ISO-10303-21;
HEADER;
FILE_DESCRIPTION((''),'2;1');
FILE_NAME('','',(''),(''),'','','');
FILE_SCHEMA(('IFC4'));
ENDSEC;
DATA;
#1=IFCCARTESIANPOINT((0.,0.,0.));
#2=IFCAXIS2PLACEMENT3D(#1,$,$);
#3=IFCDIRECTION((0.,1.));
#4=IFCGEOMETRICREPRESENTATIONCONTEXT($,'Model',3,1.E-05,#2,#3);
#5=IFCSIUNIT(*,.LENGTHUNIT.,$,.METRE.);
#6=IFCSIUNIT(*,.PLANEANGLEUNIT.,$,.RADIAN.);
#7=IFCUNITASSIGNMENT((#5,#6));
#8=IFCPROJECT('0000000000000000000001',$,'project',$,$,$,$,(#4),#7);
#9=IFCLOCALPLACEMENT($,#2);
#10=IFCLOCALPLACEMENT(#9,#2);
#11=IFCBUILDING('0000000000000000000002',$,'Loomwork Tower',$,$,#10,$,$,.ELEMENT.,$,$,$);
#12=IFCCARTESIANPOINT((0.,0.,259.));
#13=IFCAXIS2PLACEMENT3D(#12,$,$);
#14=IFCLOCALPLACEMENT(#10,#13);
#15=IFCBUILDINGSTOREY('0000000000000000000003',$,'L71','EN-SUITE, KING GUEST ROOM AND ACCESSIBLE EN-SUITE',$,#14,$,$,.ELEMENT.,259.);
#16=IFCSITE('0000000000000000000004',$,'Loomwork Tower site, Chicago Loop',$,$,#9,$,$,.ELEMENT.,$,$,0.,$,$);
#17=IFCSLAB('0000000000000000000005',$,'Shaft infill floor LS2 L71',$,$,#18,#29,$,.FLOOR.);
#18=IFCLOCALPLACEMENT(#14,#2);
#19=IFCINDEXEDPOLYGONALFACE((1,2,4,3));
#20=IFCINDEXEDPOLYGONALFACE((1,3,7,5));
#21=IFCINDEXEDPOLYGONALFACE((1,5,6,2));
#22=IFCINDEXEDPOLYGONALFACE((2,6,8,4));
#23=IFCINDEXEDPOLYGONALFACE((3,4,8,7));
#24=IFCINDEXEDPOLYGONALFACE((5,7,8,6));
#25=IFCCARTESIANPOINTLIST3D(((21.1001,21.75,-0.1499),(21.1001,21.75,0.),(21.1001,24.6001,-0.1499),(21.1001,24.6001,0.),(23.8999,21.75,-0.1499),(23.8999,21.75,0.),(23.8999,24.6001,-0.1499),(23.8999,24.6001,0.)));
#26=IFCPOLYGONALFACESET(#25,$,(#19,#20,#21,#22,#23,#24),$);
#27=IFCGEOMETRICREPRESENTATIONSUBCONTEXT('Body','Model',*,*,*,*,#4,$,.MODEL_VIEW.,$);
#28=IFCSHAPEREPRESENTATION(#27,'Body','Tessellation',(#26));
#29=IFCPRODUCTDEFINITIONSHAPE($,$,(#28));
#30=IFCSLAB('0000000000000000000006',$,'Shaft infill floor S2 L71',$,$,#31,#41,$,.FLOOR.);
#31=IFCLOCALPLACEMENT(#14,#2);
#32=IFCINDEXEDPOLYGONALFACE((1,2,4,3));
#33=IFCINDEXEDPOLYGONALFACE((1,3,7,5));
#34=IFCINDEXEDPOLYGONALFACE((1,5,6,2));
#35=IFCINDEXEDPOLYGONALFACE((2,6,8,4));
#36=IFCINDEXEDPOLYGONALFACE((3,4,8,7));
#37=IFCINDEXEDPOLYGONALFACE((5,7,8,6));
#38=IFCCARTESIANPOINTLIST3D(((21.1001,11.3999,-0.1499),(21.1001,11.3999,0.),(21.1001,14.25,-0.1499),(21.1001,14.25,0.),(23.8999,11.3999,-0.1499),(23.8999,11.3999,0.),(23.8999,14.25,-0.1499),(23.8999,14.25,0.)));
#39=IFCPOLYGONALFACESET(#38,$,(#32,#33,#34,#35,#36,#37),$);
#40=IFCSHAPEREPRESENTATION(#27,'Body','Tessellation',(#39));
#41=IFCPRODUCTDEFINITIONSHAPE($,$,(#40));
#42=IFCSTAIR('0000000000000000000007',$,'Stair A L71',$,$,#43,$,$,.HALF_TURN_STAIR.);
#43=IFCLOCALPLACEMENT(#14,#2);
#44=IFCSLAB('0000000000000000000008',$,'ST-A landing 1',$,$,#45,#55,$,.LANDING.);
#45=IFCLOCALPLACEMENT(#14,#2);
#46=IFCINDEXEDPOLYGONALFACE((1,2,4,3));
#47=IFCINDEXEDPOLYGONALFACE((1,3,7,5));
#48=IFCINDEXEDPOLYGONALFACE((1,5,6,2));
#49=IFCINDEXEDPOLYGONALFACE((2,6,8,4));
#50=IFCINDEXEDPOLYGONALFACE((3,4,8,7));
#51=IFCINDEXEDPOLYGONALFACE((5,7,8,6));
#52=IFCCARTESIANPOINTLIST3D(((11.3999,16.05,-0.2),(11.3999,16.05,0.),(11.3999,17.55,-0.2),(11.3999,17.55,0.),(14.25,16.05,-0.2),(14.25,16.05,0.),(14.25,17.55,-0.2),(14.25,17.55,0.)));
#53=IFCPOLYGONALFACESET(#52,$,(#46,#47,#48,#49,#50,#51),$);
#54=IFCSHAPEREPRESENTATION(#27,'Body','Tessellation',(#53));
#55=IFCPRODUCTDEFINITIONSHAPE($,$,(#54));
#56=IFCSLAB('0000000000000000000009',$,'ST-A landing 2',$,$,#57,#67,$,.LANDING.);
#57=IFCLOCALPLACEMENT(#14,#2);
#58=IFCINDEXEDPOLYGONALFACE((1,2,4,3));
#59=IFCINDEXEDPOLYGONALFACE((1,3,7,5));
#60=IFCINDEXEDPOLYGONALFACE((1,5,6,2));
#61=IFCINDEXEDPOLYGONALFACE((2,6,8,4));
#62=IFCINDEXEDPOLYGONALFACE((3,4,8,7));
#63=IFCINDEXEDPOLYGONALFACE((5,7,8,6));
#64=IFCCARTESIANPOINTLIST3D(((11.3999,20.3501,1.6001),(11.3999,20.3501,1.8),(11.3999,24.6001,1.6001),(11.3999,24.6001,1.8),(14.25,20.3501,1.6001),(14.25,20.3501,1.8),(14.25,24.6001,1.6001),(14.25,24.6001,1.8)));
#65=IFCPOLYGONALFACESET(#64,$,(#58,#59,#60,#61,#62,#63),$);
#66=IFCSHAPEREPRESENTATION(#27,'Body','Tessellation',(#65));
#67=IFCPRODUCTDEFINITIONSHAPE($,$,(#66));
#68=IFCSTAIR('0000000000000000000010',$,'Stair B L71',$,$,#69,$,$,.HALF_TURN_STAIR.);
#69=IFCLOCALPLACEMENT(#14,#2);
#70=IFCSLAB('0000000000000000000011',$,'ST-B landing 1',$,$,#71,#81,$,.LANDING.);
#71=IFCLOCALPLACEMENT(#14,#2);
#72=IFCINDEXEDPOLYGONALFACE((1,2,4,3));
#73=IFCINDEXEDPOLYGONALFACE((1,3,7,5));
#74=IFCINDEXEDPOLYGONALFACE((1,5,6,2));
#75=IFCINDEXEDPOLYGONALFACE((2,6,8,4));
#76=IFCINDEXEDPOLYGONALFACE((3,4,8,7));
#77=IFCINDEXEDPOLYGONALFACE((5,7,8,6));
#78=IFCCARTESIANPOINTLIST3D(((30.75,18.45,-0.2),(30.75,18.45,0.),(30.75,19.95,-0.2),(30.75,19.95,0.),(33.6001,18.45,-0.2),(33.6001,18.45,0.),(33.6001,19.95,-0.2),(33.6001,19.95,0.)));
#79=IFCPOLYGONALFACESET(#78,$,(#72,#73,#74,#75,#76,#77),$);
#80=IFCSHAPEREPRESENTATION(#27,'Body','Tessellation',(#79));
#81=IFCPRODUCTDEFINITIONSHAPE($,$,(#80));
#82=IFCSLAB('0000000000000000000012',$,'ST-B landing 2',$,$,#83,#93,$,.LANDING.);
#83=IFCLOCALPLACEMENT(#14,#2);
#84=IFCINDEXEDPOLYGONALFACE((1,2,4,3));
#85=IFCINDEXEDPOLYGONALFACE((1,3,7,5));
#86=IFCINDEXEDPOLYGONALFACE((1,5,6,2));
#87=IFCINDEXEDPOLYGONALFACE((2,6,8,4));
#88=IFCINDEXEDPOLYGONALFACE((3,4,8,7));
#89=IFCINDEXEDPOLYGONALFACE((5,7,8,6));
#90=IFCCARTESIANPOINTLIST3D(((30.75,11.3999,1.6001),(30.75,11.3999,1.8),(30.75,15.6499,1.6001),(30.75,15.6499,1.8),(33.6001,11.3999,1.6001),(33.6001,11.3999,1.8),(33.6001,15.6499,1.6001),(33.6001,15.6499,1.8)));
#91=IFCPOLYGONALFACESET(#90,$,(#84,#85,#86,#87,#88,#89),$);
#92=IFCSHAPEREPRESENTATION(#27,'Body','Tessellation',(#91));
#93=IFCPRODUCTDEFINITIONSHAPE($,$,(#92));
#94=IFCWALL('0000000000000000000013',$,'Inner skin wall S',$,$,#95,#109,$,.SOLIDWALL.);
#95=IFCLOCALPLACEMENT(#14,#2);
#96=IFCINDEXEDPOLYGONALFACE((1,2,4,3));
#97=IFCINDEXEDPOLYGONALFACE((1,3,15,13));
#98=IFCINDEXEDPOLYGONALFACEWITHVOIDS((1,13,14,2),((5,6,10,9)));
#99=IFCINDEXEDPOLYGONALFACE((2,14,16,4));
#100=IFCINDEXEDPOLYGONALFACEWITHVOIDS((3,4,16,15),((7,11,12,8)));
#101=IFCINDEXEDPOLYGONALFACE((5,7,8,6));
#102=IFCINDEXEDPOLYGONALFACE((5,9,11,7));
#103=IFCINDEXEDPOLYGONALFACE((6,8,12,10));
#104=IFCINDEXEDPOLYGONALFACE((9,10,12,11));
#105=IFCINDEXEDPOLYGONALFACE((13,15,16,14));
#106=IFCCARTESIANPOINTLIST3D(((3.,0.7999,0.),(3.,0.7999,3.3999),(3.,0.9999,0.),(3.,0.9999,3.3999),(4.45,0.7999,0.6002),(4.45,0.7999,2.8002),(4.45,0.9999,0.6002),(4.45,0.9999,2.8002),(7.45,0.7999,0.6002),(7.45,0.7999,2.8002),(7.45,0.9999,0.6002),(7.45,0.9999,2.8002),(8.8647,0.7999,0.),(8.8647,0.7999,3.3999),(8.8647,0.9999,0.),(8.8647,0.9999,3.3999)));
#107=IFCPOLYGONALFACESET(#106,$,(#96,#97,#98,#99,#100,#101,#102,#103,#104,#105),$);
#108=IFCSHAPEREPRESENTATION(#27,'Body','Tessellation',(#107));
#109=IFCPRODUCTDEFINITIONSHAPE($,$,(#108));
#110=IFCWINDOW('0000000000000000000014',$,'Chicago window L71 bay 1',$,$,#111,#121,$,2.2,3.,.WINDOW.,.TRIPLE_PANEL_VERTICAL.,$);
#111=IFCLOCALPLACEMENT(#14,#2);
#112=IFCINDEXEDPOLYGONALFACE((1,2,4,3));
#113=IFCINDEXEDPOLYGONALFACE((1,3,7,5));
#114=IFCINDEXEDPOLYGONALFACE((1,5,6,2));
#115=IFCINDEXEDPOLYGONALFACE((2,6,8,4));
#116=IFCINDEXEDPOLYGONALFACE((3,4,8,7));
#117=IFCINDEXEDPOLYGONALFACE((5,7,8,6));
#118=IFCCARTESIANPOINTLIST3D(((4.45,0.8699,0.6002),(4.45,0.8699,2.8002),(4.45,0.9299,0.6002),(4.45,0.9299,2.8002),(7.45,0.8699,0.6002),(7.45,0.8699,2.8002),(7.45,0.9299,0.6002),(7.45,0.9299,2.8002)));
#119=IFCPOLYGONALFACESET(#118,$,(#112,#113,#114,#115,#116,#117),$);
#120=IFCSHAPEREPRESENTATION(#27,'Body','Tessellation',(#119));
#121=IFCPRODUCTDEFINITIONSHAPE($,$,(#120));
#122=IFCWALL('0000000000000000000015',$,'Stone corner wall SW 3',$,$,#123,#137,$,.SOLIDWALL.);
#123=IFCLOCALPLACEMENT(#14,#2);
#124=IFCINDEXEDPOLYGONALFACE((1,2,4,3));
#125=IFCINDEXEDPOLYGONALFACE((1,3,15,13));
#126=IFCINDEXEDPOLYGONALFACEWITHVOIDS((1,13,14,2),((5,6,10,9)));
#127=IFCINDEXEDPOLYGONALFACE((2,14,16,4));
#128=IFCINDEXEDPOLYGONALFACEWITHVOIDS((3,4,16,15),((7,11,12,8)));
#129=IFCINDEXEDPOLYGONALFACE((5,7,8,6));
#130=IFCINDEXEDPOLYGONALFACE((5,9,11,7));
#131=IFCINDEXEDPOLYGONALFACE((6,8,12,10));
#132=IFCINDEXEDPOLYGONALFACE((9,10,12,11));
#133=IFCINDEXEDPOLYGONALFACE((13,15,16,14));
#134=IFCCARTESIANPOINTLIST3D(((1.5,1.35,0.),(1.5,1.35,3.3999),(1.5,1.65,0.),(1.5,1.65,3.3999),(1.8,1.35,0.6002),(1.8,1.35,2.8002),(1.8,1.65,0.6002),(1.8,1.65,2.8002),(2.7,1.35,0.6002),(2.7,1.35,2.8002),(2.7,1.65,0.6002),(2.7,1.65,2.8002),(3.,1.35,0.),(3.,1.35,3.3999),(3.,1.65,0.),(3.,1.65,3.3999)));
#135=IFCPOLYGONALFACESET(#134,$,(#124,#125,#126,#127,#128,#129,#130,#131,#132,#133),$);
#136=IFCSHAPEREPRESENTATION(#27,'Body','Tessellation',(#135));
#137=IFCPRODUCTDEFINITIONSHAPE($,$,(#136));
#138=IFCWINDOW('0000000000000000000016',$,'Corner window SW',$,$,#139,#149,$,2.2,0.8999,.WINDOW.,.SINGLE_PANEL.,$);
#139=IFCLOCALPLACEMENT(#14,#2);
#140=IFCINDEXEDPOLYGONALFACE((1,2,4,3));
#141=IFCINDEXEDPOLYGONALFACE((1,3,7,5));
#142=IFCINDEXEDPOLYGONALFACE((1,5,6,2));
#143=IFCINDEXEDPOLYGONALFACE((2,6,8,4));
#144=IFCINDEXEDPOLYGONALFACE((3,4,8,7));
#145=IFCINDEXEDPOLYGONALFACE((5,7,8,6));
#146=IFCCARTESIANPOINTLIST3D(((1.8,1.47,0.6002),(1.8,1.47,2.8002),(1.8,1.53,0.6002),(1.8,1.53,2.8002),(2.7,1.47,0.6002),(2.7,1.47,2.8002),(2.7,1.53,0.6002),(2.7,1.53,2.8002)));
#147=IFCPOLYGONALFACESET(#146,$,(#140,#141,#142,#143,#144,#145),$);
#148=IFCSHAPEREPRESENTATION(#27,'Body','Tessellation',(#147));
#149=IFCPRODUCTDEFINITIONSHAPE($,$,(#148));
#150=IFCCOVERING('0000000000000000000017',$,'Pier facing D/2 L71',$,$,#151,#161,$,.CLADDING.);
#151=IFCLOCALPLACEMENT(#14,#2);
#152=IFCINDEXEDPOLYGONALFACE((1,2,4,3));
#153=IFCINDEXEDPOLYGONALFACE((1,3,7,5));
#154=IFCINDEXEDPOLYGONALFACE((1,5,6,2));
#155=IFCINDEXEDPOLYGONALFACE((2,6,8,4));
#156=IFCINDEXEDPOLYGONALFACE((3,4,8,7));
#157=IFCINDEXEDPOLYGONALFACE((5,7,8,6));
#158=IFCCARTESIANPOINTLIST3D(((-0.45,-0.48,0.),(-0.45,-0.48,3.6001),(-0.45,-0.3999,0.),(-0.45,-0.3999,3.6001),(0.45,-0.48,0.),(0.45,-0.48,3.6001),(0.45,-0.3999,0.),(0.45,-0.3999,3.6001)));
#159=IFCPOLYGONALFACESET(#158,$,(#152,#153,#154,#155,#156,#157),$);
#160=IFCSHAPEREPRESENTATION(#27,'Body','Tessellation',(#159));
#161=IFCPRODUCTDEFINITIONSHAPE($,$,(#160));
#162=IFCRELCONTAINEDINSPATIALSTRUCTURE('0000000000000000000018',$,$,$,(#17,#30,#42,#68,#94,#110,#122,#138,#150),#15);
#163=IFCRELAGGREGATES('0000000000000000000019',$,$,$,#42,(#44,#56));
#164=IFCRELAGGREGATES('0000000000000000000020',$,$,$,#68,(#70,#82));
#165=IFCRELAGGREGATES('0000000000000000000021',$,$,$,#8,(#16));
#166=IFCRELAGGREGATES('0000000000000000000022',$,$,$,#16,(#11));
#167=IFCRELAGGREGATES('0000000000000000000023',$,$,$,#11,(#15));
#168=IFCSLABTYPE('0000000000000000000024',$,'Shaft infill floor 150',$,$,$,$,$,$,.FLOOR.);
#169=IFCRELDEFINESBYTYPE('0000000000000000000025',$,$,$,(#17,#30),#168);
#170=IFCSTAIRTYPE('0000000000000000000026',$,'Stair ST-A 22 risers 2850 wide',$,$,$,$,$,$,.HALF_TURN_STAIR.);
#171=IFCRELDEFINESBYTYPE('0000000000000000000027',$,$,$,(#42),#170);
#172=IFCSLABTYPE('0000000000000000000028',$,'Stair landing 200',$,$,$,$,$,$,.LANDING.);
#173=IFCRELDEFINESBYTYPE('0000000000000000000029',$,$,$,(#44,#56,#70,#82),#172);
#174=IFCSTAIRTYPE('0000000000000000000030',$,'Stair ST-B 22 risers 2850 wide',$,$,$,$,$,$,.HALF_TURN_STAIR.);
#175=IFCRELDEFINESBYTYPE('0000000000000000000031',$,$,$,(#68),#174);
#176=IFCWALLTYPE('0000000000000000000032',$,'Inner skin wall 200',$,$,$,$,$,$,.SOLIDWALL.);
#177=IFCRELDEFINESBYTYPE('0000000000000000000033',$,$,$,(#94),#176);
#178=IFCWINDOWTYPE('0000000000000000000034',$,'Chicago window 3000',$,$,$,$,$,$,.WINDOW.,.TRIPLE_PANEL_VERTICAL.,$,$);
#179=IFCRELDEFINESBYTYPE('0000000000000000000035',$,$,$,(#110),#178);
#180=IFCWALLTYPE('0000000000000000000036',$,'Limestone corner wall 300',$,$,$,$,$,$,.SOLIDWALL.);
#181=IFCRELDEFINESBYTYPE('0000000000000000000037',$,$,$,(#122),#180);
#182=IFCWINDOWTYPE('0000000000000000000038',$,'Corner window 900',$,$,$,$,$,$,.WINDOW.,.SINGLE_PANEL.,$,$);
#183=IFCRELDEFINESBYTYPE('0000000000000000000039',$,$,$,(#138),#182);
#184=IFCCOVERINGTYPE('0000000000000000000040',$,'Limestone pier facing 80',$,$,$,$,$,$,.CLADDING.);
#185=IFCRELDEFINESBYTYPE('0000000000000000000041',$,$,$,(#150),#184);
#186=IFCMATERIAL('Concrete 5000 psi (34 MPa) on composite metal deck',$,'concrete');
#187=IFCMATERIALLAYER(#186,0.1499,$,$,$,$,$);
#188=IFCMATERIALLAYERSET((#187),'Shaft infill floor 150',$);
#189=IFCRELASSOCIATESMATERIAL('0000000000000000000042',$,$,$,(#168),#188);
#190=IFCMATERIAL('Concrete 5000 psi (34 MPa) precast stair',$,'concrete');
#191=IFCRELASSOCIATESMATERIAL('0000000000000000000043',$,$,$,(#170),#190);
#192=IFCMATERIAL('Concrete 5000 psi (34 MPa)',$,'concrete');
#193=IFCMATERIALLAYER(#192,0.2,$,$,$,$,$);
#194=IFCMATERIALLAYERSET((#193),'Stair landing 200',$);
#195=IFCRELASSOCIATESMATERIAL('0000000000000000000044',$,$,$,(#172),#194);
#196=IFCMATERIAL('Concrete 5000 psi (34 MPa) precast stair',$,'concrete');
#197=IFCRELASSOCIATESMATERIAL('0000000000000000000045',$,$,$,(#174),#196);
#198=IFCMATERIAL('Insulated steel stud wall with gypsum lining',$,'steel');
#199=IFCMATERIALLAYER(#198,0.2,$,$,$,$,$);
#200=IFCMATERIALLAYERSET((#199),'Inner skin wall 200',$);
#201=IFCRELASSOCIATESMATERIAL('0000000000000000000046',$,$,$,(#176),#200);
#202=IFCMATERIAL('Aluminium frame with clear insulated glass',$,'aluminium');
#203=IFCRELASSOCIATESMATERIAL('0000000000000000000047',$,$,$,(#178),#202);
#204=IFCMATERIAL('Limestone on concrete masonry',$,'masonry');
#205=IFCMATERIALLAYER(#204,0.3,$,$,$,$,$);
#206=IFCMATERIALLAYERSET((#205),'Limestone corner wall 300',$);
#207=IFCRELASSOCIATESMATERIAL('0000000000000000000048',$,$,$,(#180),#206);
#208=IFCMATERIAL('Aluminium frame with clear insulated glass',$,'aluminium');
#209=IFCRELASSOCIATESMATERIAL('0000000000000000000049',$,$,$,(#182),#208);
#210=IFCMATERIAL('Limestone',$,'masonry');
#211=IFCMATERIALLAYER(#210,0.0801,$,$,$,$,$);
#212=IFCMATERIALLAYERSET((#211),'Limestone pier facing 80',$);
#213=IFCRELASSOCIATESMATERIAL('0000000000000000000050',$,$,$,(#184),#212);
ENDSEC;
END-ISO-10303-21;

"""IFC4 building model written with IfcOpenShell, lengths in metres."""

from ifc_helpers import new_model, si_unit, direction, frame, frame_2d, origin, origin_2d, place, context, subcontext, project, spatial, polyline, rectangle, outline, extrude, material, layer, layer_set, type_object, element, fill, aggregate, save


model = new_model("IFC4")

# Units and contexts
model_context = context("Model", 3, precision=1e-05, world=origin(), true_north=direction((0.0, 1.0)))
body_context = subcontext(model_context, "Body", "Model", "MODEL_VIEW")
ifc_project = project(units=[si_unit("LENGTHUNIT", "METRE"), si_unit("PLANEANGLEUNIT", "RADIAN")], contexts=[model_context])

# Site, building, storey
site_placement = place(None, origin())
site = spatial("IfcSite", under=ifc_project, at=site_placement, Name="Loomwork Tower site, Chicago Loop", CompositionType="ELEMENT", RefElevation=0.0)
building_placement = place(site_placement, origin())
building = spatial("IfcBuilding", under=site, at=building_placement, Name="Loomwork Tower", CompositionType="ELEMENT")
storey_placement = place(building_placement, frame((0.0, 0.0, 259.0)))
storey = spatial("IfcBuildingStorey", under=building, at=storey_placement, Name="L71", Description="EN-SUITE, KING GUEST ROOM AND ACCESSIBLE EN-SUITE", CompositionType="ELEMENT", Elevation=259.0)

# Slabs
ifc_material_1 = material(Name="Concrete 5000 psi (34 MPa) on composite metal deck", Category="concrete")
ifc_layer_1 = layer(ifc_material_1, 0.1499)
ifc_layer_set_1 = layer_set([ifc_layer_1], Name="Shaft infill floor 150")
slab_type_1 = type_object("IfcSlabType", Name="Shaft infill floor 150", PredefinedType="FLOOR", material=ifc_layer_set_1)
slab_1_placement = place(storey_placement, frame((0.0, 0.0, -0.1499)))
element("IfcSlab", 1, at=slab_1_placement, inside=storey, type_object=slab_type_1, Name="Shaft infill floor LS2 L71", PredefinedType="FLOOR", context=body_context, shape_type="SweptSolid", body=[
    extrude(outline(polyline([(21.1001, 21.75), (23.8999, 21.75), (23.8999, 24.6001), (21.1001, 24.6001), (21.1001, 21.75)])), origin(), (0.0, 0.0, 1.0), 0.1499),
])
slab_2_placement = place(storey_placement, frame((0.0, 0.0, -0.1499)))
element("IfcSlab", 2, at=slab_2_placement, inside=storey, type_object=slab_type_1, Name="Shaft infill floor S2 L71", PredefinedType="FLOOR", context=body_context, shape_type="SweptSolid", body=[
    extrude(outline(polyline([(21.1001, 11.3999), (23.8999, 11.3999), (23.8999, 14.25), (21.1001, 14.25), (21.1001, 11.3999)])), origin(), (0.0, 0.0, 1.0), 0.1499),
])

# Stairs, slabs
ifc_material_2 = material(Name="Concrete 5000 psi (34 MPa) precast stair", Category="concrete")
stair_type_1 = type_object("IfcStairType", Name="Stair ST-A 22 risers 2850 wide", PredefinedType="HALF_TURN_STAIR", material=ifc_material_2)
stair_1_placement = place(storey_placement, origin())
stair_1 = element("IfcStair", 3, at=stair_1_placement, inside=storey, type_object=stair_type_1, Name="Stair A L71", PredefinedType="HALF_TURN_STAIR")
ifc_material_3 = material(Name="Concrete 5000 psi (34 MPa)", Category="concrete")
ifc_layer_2 = layer(ifc_material_3, 0.2)
ifc_layer_set_2 = layer_set([ifc_layer_2], Name="Stair landing 200")
slab_type_2 = type_object("IfcSlabType", Name="Stair landing 200", PredefinedType="LANDING", material=ifc_layer_set_2)
slab_3_placement = place(storey_placement, frame((0.0, 0.0, -0.2)))
slab_3 = element("IfcSlab", 4, at=slab_3_placement, type_object=slab_type_2, Name="ST-A landing 1", PredefinedType="LANDING", context=body_context, shape_type="SweptSolid", body=[
    extrude(outline(polyline([(11.3999, 16.05), (14.25, 16.05), (14.25, 17.55), (11.3999, 17.55), (11.3999, 16.05)])), origin(), (0.0, 0.0, 1.0), 0.2),
])
slab_4_placement = place(storey_placement, frame((0.0, 0.0, 1.6001)))
slab_4 = element("IfcSlab", 5, at=slab_4_placement, type_object=slab_type_2, Name="ST-A landing 2", PredefinedType="LANDING", context=body_context, shape_type="SweptSolid", body=[
    extrude(outline(polyline([(11.3999, 20.3501), (14.25, 20.3501), (14.25, 24.6001), (11.3999, 24.6001), (11.3999, 20.3501)])), origin(), (0.0, 0.0, 1.0), 0.2),
])
aggregate(stair_1, [slab_3, slab_4])
ifc_material_4 = material(Name="Concrete 5000 psi (34 MPa) precast stair", Category="concrete")
stair_type_2 = type_object("IfcStairType", Name="Stair ST-B 22 risers 2850 wide", PredefinedType="HALF_TURN_STAIR", material=ifc_material_4)
stair_2_placement = place(storey_placement, origin())
stair_2 = element("IfcStair", 6, at=stair_2_placement, inside=storey, type_object=stair_type_2, Name="Stair B L71", PredefinedType="HALF_TURN_STAIR")
slab_5_placement = place(storey_placement, frame((0.0, 0.0, -0.2)))
slab_5 = element("IfcSlab", 7, at=slab_5_placement, type_object=slab_type_2, Name="ST-B landing 1", PredefinedType="LANDING", context=body_context, shape_type="SweptSolid", body=[
    extrude(outline(polyline([(30.75, 18.45), (33.6001, 18.45), (33.6001, 19.95), (30.75, 19.95), (30.75, 18.45)])), origin(), (0.0, 0.0, 1.0), 0.2),
])
slab_6_placement = place(storey_placement, frame((0.0, 0.0, 1.6001)))
slab_6 = element("IfcSlab", 8, at=slab_6_placement, type_object=slab_type_2, Name="ST-B landing 2", PredefinedType="LANDING", context=body_context, shape_type="SweptSolid", body=[
    extrude(outline(polyline([(30.75, 11.3999), (33.6001, 11.3999), (33.6001, 15.6499), (30.75, 15.6499), (30.75, 11.3999)])), origin(), (0.0, 0.0, 1.0), 0.2),
])
aggregate(stair_2, [slab_5, slab_6])

# Walls, openings, windows
ifc_material_5 = material(Name="Insulated steel stud wall with gypsum lining", Category="steel")
ifc_layer_3 = layer(ifc_material_5, 0.2)
ifc_layer_set_3 = layer_set([ifc_layer_3], Name="Inner skin wall 200")
wall_type_1 = type_object("IfcWallType", Name="Inner skin wall 200", PredefinedType="SOLIDWALL", material=ifc_layer_set_3)
wall_1_placement = place(storey_placement, frame((3.0, 0.8999, 0.0), z_axis=(0.0, 0.0, 1.0), x_axis=(1.0, 0.0, 0.0)))
wall_1 = element("IfcWall", 9, at=wall_1_placement, inside=storey, type_object=wall_type_1, Name="Inner skin wall S", PredefinedType="SOLIDWALL", context=body_context, shape_type="SweptSolid", body=[
    extrude(rectangle(XDim=5.8647, YDim=0.2, at=frame_2d((2.9324, 0.0))), origin(), (0.0, 0.0, 1.0), 3.3999),
])
opening_1_placement = place(wall_1_placement, frame((1.45, 0.0, 0.6001)))
opening_1 = element("IfcOpeningElement", 10, at=opening_1_placement, cuts=wall_1, PredefinedType="OPENING", context=body_context, shape_type="SweptSolid", body=[
    extrude(rectangle(XDim=3.0, YDim=2.2, at=frame_2d((1.5, 1.1001))), frame((0.0, 0.1099, 0.0), z_axis=(0.0, -1.0, 0.0), x_axis=(1.0, 0.0, 0.0)), (0.0, 0.0, 1.0), 0.22),
])
ifc_material_6 = material(Name="Aluminium frame with clear insulated glass", Category="aluminium")
window_type_1 = type_object("IfcWindowType", Name="Chicago window 3000", PartitioningType="TRIPLE_PANEL_VERTICAL", PredefinedType="WINDOW", material=ifc_material_6)
window_1_placement = place(opening_1_placement, origin())
window_1 = element("IfcWindow", 11, at=window_1_placement, inside=storey, type_object=window_type_1, Name="Chicago window L71 bay 1", OverallHeight=2.2, OverallWidth=3.0, PartitioningType="TRIPLE_PANEL_VERTICAL", PredefinedType="WINDOW", context=body_context, shape_type="SweptSolid", body=[
    extrude(rectangle(XDim=3.0, YDim=2.2, at=frame_2d((1.5, 1.1001))), frame((0.0, 0.03, 0.0), z_axis=(0.0, -1.0, 0.0), x_axis=(1.0, 0.0, 0.0)), (0.0, 0.0, 1.0), 0.0601),
])
fill(opening_1, window_1)
ifc_material_7 = material(Name="Limestone on concrete masonry", Category="masonry")
ifc_layer_4 = layer(ifc_material_7, 0.3)
ifc_layer_set_4 = layer_set([ifc_layer_4], Name="Limestone corner wall 300")
wall_type_2 = type_object("IfcWallType", Name="Limestone corner wall 300", PredefinedType="SOLIDWALL", material=ifc_layer_set_4)
wall_2_placement = place(storey_placement, frame((1.5, 1.5, 0.0), z_axis=(0.0, 0.0, 1.0), x_axis=(1.0, 0.0, 0.0)))
wall_2 = element("IfcWall", 12, at=wall_2_placement, inside=storey, type_object=wall_type_2, Name="Stone corner wall SW 3", PredefinedType="SOLIDWALL", context=body_context, shape_type="SweptSolid", body=[
    extrude(rectangle(XDim=1.5, YDim=0.3, at=frame_2d((0.75, 0.0))), origin(), (0.0, 0.0, 1.0), 3.3999),
])
opening_2_placement = place(wall_2_placement, frame((0.3, 0.0, 0.6001)))
opening_2 = element("IfcOpeningElement", 13, at=opening_2_placement, cuts=wall_2, PredefinedType="OPENING", context=body_context, shape_type="SweptSolid", body=[
    extrude(rectangle(XDim=0.8999, YDim=2.2, at=frame_2d((0.45, 1.1001))), frame((0.0, 0.1599, 0.0), z_axis=(0.0, -1.0, 0.0), x_axis=(1.0, 0.0, 0.0)), (0.0, 0.0, 1.0), 0.3201),
])
ifc_material_8 = material(Name="Aluminium frame with clear insulated glass", Category="aluminium")
window_type_2 = type_object("IfcWindowType", Name="Corner window 900", PartitioningType="SINGLE_PANEL", PredefinedType="WINDOW", material=ifc_material_8)
window_2_placement = place(opening_2_placement, origin())
window_2 = element("IfcWindow", 14, at=window_2_placement, inside=storey, type_object=window_type_2, Name="Corner window SW", OverallHeight=2.2, OverallWidth=0.8999, PartitioningType="SINGLE_PANEL", PredefinedType="WINDOW", context=body_context, shape_type="SweptSolid", body=[
    extrude(rectangle(XDim=0.8999, YDim=2.2, at=frame_2d((0.45, 1.1001))), frame((0.0, 0.03, 0.0), z_axis=(0.0, -1.0, 0.0), x_axis=(1.0, 0.0, 0.0)), (0.0, 0.0, 1.0), 0.0601),
])
fill(opening_2, window_2)

# Covering
ifc_material_9 = material(Name="Limestone", Category="masonry")
ifc_layer_5 = layer(ifc_material_9, 0.0801)
ifc_layer_set_5 = layer_set([ifc_layer_5], Name="Limestone pier facing 80")
covering_type = type_object("IfcCoveringType", Name="Limestone pier facing 80", PredefinedType="CLADDING", material=ifc_layer_set_5)
covering_placement = place(storey_placement, frame((0.0, -0.4399, 0.0), z_axis=(0.0, 0.0, 1.0), x_axis=(1.0, 0.0, 0.0)))
element("IfcCovering", 15, at=covering_placement, inside=storey, type_object=covering_type, Name="Pier facing D/2 L71", PredefinedType="CLADDING", context=body_context, shape_type="SweptSolid", body=[
    extrude(rectangle(XDim=0.8999, YDim=0.0801, at=origin_2d()), origin(), (0.0, 0.0, 1.0), 3.6001),
])

save(model, "model.ifc")
